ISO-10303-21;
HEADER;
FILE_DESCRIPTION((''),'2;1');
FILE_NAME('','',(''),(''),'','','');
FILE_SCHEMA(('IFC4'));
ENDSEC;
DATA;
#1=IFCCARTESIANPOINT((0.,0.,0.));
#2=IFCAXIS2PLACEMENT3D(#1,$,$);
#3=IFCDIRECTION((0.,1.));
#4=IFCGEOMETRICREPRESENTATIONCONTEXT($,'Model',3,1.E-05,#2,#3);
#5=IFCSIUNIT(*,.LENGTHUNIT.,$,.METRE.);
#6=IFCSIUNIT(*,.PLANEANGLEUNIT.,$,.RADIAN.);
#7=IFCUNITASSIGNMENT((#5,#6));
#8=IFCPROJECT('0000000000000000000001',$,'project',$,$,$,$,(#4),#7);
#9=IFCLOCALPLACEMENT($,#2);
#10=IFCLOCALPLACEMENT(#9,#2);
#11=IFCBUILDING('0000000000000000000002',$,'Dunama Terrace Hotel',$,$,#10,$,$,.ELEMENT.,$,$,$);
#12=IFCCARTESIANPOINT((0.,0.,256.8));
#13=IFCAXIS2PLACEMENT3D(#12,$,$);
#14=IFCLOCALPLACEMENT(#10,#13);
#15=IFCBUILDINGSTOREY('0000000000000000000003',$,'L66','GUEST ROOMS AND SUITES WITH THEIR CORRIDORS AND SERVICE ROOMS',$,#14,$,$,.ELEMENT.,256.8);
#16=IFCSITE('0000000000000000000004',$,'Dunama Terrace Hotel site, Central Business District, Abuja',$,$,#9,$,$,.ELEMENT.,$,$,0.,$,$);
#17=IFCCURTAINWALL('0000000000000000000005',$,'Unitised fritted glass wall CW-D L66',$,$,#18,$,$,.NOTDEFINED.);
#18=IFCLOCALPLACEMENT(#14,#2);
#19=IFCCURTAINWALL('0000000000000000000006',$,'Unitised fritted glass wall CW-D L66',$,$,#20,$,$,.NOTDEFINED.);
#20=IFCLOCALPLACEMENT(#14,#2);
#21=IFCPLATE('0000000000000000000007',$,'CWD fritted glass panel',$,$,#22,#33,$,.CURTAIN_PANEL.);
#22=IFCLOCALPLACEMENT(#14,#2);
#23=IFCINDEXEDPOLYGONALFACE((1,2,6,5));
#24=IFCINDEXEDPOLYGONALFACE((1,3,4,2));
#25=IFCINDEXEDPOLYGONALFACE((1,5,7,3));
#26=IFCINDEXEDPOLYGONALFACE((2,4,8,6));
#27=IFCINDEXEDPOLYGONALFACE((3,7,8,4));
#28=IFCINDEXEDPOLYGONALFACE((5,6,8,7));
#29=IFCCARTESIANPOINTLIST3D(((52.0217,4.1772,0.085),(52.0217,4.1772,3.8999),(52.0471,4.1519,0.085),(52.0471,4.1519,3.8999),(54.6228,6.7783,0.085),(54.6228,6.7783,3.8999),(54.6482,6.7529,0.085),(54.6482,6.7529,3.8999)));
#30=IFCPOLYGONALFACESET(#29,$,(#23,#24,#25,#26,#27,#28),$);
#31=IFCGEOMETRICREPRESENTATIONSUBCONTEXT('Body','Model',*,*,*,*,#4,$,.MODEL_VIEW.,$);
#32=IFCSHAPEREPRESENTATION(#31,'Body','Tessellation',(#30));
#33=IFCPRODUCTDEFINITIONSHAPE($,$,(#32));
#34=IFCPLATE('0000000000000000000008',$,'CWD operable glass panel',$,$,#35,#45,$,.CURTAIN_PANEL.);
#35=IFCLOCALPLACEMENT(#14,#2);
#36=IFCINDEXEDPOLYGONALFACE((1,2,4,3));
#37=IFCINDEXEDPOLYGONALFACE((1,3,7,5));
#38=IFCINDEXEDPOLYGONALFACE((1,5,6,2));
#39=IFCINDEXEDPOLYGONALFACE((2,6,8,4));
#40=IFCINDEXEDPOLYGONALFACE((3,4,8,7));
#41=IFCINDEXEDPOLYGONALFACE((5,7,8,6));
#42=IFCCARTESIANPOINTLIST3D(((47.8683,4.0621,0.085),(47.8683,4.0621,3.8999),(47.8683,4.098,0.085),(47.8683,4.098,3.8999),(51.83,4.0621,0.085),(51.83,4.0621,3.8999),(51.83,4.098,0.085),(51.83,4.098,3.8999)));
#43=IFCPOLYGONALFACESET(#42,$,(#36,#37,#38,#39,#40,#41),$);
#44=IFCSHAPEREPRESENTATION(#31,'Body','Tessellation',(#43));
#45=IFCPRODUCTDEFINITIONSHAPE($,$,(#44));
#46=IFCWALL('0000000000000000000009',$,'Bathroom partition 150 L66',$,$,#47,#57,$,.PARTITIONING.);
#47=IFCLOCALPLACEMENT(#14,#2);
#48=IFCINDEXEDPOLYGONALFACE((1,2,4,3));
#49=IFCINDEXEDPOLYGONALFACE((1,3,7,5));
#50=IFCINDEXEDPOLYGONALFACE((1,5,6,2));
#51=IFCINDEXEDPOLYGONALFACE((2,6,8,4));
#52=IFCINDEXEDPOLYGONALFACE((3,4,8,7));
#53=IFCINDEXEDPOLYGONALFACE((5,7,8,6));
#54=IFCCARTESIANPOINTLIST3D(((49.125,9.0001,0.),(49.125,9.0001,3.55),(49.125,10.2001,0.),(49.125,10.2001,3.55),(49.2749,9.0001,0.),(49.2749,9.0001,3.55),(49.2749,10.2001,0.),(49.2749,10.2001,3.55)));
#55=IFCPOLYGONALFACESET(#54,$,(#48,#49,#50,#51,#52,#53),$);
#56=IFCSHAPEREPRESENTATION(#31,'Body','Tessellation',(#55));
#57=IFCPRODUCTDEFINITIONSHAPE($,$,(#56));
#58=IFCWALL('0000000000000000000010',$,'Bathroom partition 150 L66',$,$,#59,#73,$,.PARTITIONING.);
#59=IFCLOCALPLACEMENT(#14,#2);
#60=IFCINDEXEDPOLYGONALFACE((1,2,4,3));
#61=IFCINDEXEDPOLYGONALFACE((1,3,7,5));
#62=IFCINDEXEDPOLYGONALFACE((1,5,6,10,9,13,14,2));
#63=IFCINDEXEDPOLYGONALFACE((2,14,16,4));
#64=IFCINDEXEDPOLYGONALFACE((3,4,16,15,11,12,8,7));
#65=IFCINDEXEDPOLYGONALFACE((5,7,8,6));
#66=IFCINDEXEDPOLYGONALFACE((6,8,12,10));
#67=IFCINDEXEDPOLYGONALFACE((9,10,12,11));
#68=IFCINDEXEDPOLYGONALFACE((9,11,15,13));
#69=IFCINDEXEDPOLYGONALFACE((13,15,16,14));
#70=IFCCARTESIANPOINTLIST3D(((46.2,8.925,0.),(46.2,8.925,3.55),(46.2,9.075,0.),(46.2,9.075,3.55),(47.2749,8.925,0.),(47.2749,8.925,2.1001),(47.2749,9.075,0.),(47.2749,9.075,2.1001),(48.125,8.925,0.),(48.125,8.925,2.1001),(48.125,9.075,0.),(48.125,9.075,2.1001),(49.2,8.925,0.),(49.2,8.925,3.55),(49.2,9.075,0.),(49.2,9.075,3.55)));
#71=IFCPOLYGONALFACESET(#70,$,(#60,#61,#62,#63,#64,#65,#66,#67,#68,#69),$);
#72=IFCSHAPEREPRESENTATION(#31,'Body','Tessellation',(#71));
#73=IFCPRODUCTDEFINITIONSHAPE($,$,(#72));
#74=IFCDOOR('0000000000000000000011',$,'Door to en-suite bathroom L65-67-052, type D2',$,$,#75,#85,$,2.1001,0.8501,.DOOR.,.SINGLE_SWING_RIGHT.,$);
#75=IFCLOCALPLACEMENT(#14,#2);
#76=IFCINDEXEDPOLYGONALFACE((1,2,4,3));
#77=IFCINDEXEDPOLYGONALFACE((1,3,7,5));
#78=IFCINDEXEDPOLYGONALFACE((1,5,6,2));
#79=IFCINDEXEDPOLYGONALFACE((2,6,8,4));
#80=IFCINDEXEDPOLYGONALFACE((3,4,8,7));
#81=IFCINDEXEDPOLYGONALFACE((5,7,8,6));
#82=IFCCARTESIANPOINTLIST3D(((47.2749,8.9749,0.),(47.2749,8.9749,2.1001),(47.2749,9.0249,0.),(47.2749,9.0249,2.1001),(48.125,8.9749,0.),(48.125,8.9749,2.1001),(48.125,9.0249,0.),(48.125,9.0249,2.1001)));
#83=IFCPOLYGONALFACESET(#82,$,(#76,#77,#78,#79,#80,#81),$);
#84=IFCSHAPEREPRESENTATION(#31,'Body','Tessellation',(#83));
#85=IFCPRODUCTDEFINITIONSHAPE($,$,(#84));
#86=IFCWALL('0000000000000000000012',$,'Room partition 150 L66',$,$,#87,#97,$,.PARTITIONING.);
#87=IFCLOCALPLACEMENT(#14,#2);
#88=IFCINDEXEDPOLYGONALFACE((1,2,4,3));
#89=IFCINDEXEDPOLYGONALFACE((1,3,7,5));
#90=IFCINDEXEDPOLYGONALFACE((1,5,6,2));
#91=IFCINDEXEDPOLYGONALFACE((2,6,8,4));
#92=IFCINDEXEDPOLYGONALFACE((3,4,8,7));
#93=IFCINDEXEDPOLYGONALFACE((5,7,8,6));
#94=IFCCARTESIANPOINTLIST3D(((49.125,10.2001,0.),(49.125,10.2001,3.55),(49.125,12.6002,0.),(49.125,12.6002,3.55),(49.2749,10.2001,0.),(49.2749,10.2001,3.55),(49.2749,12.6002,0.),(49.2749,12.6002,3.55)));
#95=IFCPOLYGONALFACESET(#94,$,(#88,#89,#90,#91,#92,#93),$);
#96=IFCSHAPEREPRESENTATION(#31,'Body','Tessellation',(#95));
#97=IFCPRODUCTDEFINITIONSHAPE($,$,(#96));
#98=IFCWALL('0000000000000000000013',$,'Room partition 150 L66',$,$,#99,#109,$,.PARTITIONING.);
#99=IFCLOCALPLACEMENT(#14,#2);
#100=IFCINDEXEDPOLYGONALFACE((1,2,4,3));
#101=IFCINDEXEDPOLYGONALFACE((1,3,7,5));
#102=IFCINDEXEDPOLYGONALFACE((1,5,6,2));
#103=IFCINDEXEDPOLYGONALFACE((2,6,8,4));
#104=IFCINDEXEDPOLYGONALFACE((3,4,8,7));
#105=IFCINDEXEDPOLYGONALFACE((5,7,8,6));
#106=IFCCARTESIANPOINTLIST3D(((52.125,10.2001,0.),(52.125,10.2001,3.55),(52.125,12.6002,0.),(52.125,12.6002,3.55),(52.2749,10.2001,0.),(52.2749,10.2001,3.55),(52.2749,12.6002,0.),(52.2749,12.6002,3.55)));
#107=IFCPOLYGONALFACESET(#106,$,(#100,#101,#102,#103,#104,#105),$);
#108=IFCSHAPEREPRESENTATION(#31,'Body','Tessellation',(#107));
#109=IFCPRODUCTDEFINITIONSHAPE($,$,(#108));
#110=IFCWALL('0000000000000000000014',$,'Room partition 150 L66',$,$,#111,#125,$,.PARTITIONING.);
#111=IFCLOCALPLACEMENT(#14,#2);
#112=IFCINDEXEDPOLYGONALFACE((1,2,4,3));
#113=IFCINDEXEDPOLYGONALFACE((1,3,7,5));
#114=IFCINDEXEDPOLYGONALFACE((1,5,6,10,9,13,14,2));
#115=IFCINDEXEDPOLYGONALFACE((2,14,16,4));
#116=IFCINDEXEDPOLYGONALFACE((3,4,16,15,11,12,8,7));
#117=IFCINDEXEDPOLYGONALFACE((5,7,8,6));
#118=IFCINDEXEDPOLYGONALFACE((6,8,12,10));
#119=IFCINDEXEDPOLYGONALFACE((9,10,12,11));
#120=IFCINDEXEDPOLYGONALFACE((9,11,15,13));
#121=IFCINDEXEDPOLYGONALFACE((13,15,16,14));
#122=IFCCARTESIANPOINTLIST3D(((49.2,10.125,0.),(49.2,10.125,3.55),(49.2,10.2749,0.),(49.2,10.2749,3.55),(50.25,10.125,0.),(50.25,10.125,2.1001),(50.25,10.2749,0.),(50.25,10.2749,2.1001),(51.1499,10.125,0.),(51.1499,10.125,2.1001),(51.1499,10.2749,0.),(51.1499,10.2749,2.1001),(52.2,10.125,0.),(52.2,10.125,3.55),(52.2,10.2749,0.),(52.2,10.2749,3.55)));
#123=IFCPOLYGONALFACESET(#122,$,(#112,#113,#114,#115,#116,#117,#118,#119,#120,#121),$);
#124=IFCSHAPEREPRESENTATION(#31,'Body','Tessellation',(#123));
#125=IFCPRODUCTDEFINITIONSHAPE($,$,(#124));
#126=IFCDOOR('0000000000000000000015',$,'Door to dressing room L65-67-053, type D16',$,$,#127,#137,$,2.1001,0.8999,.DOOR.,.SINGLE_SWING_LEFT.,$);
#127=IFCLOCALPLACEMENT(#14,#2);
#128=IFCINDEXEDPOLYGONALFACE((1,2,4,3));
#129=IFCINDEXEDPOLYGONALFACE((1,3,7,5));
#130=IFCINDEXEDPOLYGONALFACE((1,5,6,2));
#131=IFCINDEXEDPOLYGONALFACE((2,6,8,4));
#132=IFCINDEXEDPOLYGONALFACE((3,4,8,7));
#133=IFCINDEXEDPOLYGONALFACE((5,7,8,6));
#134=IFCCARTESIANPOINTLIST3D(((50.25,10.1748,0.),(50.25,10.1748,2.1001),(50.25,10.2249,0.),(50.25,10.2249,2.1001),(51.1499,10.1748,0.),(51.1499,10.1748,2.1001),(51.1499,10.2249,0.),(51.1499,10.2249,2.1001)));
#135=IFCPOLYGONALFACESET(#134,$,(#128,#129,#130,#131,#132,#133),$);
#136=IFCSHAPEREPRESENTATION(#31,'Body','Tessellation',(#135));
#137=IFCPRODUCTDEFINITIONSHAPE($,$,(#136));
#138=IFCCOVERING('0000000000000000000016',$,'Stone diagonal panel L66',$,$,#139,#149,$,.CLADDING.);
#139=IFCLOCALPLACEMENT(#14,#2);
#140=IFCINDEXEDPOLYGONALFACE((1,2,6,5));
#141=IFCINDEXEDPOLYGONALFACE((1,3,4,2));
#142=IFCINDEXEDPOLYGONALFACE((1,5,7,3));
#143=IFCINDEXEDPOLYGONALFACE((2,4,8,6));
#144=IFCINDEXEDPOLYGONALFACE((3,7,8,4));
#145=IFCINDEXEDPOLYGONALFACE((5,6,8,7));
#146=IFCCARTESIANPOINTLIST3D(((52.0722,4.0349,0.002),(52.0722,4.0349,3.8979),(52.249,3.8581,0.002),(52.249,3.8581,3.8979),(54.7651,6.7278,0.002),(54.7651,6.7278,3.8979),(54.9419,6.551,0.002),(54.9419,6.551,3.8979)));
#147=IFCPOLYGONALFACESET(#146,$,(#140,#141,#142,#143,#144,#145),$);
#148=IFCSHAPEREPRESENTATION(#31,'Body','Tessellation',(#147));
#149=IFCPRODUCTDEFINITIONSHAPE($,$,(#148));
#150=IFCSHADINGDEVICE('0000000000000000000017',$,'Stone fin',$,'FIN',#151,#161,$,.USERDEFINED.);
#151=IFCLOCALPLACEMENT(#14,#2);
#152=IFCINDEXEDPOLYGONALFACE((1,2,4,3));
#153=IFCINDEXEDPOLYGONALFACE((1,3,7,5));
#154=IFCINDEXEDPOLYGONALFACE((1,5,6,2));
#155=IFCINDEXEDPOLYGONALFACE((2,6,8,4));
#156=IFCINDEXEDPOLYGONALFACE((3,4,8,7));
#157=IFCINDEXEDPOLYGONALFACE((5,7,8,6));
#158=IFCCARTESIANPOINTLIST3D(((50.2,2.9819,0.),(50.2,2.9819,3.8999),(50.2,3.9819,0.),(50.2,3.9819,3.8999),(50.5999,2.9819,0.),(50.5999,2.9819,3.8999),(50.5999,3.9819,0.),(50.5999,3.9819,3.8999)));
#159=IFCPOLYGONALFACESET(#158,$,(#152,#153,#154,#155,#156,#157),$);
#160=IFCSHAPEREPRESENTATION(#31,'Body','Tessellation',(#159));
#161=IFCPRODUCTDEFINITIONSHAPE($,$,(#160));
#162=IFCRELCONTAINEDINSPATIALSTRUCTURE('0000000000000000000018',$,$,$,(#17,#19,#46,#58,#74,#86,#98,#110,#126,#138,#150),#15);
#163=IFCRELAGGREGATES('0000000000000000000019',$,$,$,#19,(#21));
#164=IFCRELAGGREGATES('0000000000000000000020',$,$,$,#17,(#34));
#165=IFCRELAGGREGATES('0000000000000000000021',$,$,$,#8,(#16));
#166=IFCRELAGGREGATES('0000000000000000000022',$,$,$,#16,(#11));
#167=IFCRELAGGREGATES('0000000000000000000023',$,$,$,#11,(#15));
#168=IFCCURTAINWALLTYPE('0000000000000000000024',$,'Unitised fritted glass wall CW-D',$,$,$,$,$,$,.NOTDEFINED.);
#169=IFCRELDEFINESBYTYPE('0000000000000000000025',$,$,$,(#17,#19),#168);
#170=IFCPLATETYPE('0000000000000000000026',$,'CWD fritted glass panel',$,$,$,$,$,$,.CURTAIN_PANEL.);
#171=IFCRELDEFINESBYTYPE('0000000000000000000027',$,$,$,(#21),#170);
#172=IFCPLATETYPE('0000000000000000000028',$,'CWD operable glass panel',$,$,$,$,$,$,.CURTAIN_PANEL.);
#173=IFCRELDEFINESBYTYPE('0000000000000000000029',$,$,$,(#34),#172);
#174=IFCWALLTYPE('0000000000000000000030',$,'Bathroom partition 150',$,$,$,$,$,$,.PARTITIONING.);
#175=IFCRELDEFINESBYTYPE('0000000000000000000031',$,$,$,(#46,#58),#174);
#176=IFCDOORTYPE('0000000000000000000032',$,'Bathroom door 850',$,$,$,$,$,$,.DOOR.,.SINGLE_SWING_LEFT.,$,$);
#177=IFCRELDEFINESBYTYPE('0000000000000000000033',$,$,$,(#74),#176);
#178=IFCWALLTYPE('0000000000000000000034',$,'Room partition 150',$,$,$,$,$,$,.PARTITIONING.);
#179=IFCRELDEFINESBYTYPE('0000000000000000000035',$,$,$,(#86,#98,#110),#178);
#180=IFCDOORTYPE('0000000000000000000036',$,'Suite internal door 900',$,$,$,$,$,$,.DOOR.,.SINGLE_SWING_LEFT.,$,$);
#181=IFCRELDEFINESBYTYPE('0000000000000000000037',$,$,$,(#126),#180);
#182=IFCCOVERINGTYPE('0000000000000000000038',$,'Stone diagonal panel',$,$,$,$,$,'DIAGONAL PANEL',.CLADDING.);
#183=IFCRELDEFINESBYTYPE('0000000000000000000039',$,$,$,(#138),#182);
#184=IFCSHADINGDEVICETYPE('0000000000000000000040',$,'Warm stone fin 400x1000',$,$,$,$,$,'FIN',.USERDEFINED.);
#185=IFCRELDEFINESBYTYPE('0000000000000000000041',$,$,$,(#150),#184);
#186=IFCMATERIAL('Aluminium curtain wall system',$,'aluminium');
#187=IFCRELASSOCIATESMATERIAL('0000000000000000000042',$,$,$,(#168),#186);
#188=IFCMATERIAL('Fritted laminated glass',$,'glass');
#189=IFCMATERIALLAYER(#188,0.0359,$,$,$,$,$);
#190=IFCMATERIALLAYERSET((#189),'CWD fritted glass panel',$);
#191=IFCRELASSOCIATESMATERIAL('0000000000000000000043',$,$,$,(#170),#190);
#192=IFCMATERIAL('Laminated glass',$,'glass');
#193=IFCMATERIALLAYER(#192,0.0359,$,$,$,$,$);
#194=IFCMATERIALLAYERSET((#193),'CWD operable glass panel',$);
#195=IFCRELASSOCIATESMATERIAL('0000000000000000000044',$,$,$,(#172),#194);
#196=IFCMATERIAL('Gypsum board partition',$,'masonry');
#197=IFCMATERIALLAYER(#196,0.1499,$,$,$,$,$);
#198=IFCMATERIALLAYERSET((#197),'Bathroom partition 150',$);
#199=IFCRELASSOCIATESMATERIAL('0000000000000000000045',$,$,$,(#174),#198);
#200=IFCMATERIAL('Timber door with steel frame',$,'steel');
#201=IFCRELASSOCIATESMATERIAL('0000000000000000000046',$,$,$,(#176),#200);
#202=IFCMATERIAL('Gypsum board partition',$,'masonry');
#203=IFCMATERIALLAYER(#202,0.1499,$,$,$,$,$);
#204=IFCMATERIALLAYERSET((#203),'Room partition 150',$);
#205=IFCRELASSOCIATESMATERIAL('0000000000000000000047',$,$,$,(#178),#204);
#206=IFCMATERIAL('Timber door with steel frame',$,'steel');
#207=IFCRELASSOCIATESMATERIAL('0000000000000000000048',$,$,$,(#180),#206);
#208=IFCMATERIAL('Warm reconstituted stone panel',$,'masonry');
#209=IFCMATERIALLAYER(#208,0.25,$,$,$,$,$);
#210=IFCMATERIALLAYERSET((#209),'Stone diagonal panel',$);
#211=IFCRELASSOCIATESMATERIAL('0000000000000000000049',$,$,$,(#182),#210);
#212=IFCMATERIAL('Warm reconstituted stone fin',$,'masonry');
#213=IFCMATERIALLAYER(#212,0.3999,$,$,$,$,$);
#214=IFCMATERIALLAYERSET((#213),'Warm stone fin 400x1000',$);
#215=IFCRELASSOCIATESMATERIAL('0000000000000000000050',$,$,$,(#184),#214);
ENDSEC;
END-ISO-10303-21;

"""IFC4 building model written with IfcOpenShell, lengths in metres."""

from ifc_helpers import new_model, si_unit, direction, frame, frame_2d, origin, origin_2d, place, context, subcontext, project, spatial, rectangle, extrude, material, layer, layer_set, type_object, element, fill, aggregate, save


model = new_model("IFC4")

# Units and contexts
model_context = context("Model", 3, precision=1e-05, world=origin(), true_north=direction((0.0, 1.0)))
body_context = subcontext(model_context, "Body", "Model", "MODEL_VIEW")
ifc_project = project(units=[si_unit("LENGTHUNIT", "METRE"), si_unit("PLANEANGLEUNIT", "RADIAN")], contexts=[model_context])

# Site, building, storey
site_placement = place(None, origin())
site = spatial("IfcSite", under=ifc_project, at=site_placement, Name="Dunama Terrace Hotel site, Central Business District, Abuja", CompositionType="ELEMENT", RefElevation=0.0)
building_placement = place(site_placement, origin())
building = spatial("IfcBuilding", under=site, at=building_placement, Name="Dunama Terrace Hotel", CompositionType="ELEMENT")
storey_placement = place(building_placement, frame((0.0, 0.0, 256.8)))
storey = spatial("IfcBuildingStorey", under=building, at=storey_placement, Name="L66", Description="GUEST ROOMS AND SUITES WITH THEIR CORRIDORS AND SERVICE ROOMS", CompositionType="ELEMENT", Elevation=256.8)

# Curtain walls
ifc_material_1 = material(Name="Aluminium curtain wall system", Category="aluminium")
curtain_wall_type = type_object("IfcCurtainWallType", Name="Unitised fritted glass wall CW-D", PredefinedType="NOTDEFINED", material=ifc_material_1)
curtain_wall_1_placement = place(storey_placement, origin())
curtain_wall_1 = element("IfcCurtainWall", 1, at=curtain_wall_1_placement, inside=storey, type_object=curtain_wall_type, Name="Unitised fritted glass wall CW-D L66", PredefinedType="NOTDEFINED")
curtain_wall_2_placement = place(storey_placement, origin())
curtain_wall_2 = element("IfcCurtainWall", 2, at=curtain_wall_2_placement, inside=storey, type_object=curtain_wall_type, Name="Unitised fritted glass wall CW-D L66", PredefinedType="NOTDEFINED")

# Plates
ifc_material_2 = material(Name="Fritted laminated glass", Category="glass")
ifc_layer_1 = layer(ifc_material_2, 0.0359)
ifc_layer_set_1 = layer_set([ifc_layer_1], Name="CWD fritted glass panel")
plate_type_1 = type_object("IfcPlateType", Name="CWD fritted glass panel", PredefinedType="CURTAIN_PANEL", material=ifc_layer_set_1)
plate_1_placement = place(storey_placement, frame((53.335, 5.4651, 0.085), z_axis=(0.0, 0.0, 1.0), x_axis=(0.707107, 0.707107, 0.0)))
plate_1 = element("IfcPlate", 3, at=plate_1_placement, type_object=plate_type_1, Name="CWD fritted glass panel", PredefinedType="CURTAIN_PANEL", context=body_context, shape_type="SweptSolid", body=[
    extrude(rectangle(XDim=3.6785, YDim=0.0359, at=origin_2d()), origin(), (0.0, 0.0, 1.0), 3.8149),
])
aggregate(curtain_wall_2, [plate_1])
ifc_material_3 = material(Name="Laminated glass", Category="glass")
ifc_layer_2 = layer(ifc_material_3, 0.0359)
ifc_layer_set_2 = layer_set([ifc_layer_2], Name="CWD operable glass panel")
plate_type_2 = type_object("IfcPlateType", Name="CWD operable glass panel", PredefinedType="CURTAIN_PANEL", material=ifc_layer_set_2)
plate_2_placement = place(storey_placement, frame((49.8491, 4.0801, 0.085), z_axis=(0.0, 0.0, 1.0), x_axis=(1.0, 0.0, 0.0)))
plate_2 = element("IfcPlate", 4, at=plate_2_placement, type_object=plate_type_2, Name="CWD operable glass panel", PredefinedType="CURTAIN_PANEL", context=body_context, shape_type="SweptSolid", body=[
    extrude(rectangle(XDim=3.9617, YDim=0.0359, at=origin_2d()), origin(), (0.0, 0.0, 1.0), 3.8149),
])
aggregate(curtain_wall_1, [plate_2])

# Wall
ifc_material_4 = material(Name="Gypsum board partition", Category="masonry")
ifc_layer_3 = layer(ifc_material_4, 0.1499)
ifc_layer_set_3 = layer_set([ifc_layer_3], Name="Bathroom partition 150")
wall_type_1 = type_object("IfcWallType", Name="Bathroom partition 150", PredefinedType="PARTITIONING", material=ifc_layer_set_3)
wall_1_placement = place(storey_placement, frame((49.2, 9.0, 0.0), z_axis=(0.0, 0.0, 1.0), x_axis=(0.0, 1.0, 0.0)))
element("IfcWall", 5, at=wall_1_placement, inside=storey, type_object=wall_type_1, Name="Bathroom partition 150 L66", PredefinedType="PARTITIONING", context=body_context, shape_type="SweptSolid", body=[
    extrude(rectangle(XDim=1.2, YDim=0.1499, at=frame_2d((0.6001, 0.0))), origin(), (0.0, 0.0, 1.0), 3.55),
])

# Wall, opening, door
wall_2_placement = place(storey_placement, frame((46.2, 9.0, 0.0), z_axis=(0.0, 0.0, 1.0), x_axis=(1.0, 0.0, 0.0)))
wall_2 = element("IfcWall", 6, at=wall_2_placement, inside=storey, type_object=wall_type_1, Name="Bathroom partition 150 L66", PredefinedType="PARTITIONING", context=body_context, shape_type="SweptSolid", body=[
    extrude(rectangle(XDim=3.0, YDim=0.1499, at=frame_2d((1.5, 0.0))), origin(), (0.0, 0.0, 1.0), 3.55),
])
opening_1_placement = place(wall_2_placement, frame((1.075, 0.0, 0.0)))
opening_1 = element("IfcOpeningElement", 7, at=opening_1_placement, cuts=wall_2, PredefinedType="OPENING", context=body_context, shape_type="SweptSolid", body=[
    extrude(rectangle(XDim=0.8501, YDim=2.1001, at=frame_2d((0.425, 1.05))), frame((0.0, 0.085, 0.0), z_axis=(0.0, -1.0, 0.0), x_axis=(1.0, 0.0, 0.0)), (0.0, 0.0, 1.0), 0.1699),
])
ifc_material_5 = material(Name="Timber door with steel frame", Category="steel")
door_type_1 = type_object("IfcDoorType", Name="Bathroom door 850", OperationType="SINGLE_SWING_LEFT", PredefinedType="DOOR", material=ifc_material_5)
door_1_placement = place(opening_1_placement, origin())
door_1 = element("IfcDoor", 8, at=door_1_placement, inside=storey, type_object=door_type_1, Name="Door to en-suite bathroom L65-67-052, type D2", OperationType="SINGLE_SWING_RIGHT", OverallHeight=2.1001, OverallWidth=0.8501, PredefinedType="DOOR", context=body_context, shape_type="SweptSolid", body=[
    extrude(rectangle(XDim=0.8501, YDim=2.1001, at=frame_2d((0.425, 1.05))), frame((0.0, 0.0249, 0.0), z_axis=(0.0, -1.0, 0.0), x_axis=(1.0, 0.0, 0.0)), (0.0, 0.0, 1.0), 0.05),
])
fill(opening_1, door_1)

# Walls
ifc_material_6 = material(Name="Gypsum board partition", Category="masonry")
ifc_layer_4 = layer(ifc_material_6, 0.1499)
ifc_layer_set_4 = layer_set([ifc_layer_4], Name="Room partition 150")
wall_type_2 = type_object("IfcWallType", Name="Room partition 150", PredefinedType="PARTITIONING", material=ifc_layer_set_4)
for number, where, z_axis, x_axis, name in (
    (9, (49.2, 10.2, 0.0), (0.0, 0.0, 1.0), (0.0, 1.0, 0.0), "Room partition 150 L66"),
    (10, (52.2, 10.2, 0.0), (0.0, 0.0, 1.0), (0.0, 1.0, 0.0), "Room partition 150 L66"),
):
    element("IfcWall", number, at=place(storey_placement, frame(where, z_axis=z_axis, x_axis=x_axis)), inside=storey, type_object=wall_type_2, Name=name, PredefinedType="PARTITIONING", context=body_context, shape_type="SweptSolid", body=[
        extrude(rectangle(XDim=2.4001, YDim=0.1499, at=frame_2d((1.2002, 0.0))), origin(), (0.0, 0.0, 1.0), 3.55),
    ])

# Wall, opening, door
wall_3_placement = place(storey_placement, frame((49.2, 10.2, 0.0), z_axis=(0.0, 0.0, 1.0), x_axis=(1.0, 0.0, 0.0)))
wall_3 = element("IfcWall", 11, at=wall_3_placement, inside=storey, type_object=wall_type_2, Name="Room partition 150 L66", PredefinedType="PARTITIONING", context=body_context, shape_type="SweptSolid", body=[
    extrude(rectangle(XDim=3.0, YDim=0.1499, at=frame_2d((1.5, 0.0))), origin(), (0.0, 0.0, 1.0), 3.55),
])
opening_2_placement = place(wall_3_placement, frame((1.05, 0.0, 0.0)))
opening_2 = element("IfcOpeningElement", 12, at=opening_2_placement, cuts=wall_3, PredefinedType="OPENING", context=body_context, shape_type="SweptSolid", body=[
    extrude(rectangle(XDim=0.8999, YDim=2.1001, at=frame_2d((0.45, 1.05))), frame((0.0, 0.085, 0.0), z_axis=(0.0, -1.0, 0.0), x_axis=(1.0, 0.0, 0.0)), (0.0, 0.0, 1.0), 0.1699),
])
ifc_material_7 = material(Name="Timber door with steel frame", Category="steel")
door_type_2 = type_object("IfcDoorType", Name="Suite internal door 900", OperationType="SINGLE_SWING_LEFT", PredefinedType="DOOR", material=ifc_material_7)
door_2_placement = place(opening_2_placement, origin())
door_2 = element("IfcDoor", 13, at=door_2_placement, inside=storey, type_object=door_type_2, Name="Door to dressing room L65-67-053, type D16", OperationType="SINGLE_SWING_LEFT", OverallHeight=2.1001, OverallWidth=0.8999, PredefinedType="DOOR", context=body_context, shape_type="SweptSolid", body=[
    extrude(rectangle(XDim=0.8999, YDim=2.1001, at=frame_2d((0.45, 1.05))), frame((0.0, 0.0249, 0.0), z_axis=(0.0, -1.0, 0.0), x_axis=(1.0, 0.0, 0.0)), (0.0, 0.0, 1.0), 0.05),
])
fill(opening_2, door_2)

# Covering
ifc_material_8 = material(Name="Warm reconstituted stone panel", Category="masonry")
ifc_layer_5 = layer(ifc_material_8, 0.25)
ifc_layer_set_5 = layer_set([ifc_layer_5], Name="Stone diagonal panel")
covering_type = type_object("IfcCoveringType", Name="Stone diagonal panel", ElementType="DIAGONAL PANEL", PredefinedType="CLADDING", material=ifc_layer_set_5)
covering_placement = place(storey_placement, frame((53.5071, 5.293, 0.002), z_axis=(0.0, 0.0, 1.0), x_axis=(0.707107, 0.707107, 0.0)))
element("IfcCovering", 14, at=covering_placement, inside=storey, type_object=covering_type, Name="Stone diagonal panel L66", PredefinedType="CLADDING", context=body_context, shape_type="SweptSolid", body=[
    extrude(rectangle(XDim=3.8083, YDim=0.25, at=origin_2d()), origin(), (0.0, 0.0, 1.0), 3.896),
])

# Shading device
ifc_material_9 = material(Name="Warm reconstituted stone fin", Category="masonry")
ifc_layer_6 = layer(ifc_material_9, 0.3999)
ifc_layer_set_6 = layer_set([ifc_layer_6], Name="Warm stone fin 400x1000")
shading_device_type = type_object("IfcShadingDeviceType", Name="Warm stone fin 400x1000", ElementType="FIN", PredefinedType="USERDEFINED", material=ifc_layer_set_6)
shading_device_placement = place(storey_placement, frame((50.3999, 3.4819, 0.0), z_axis=(0.0, 0.0, 1.0), x_axis=(1.0, 0.0, 0.0)))
element("IfcShadingDevice", 15, at=shading_device_placement, inside=storey, type_object=shading_device_type, Name="Stone fin", ObjectType="FIN", PredefinedType="USERDEFINED", context=body_context, shape_type="SweptSolid", body=[
    extrude(rectangle(XDim=0.3999, YDim=1.0, at=origin_2d()), origin(), (0.0, 0.0, 1.0), 3.8999),
])

save(model, "model.ifc")
